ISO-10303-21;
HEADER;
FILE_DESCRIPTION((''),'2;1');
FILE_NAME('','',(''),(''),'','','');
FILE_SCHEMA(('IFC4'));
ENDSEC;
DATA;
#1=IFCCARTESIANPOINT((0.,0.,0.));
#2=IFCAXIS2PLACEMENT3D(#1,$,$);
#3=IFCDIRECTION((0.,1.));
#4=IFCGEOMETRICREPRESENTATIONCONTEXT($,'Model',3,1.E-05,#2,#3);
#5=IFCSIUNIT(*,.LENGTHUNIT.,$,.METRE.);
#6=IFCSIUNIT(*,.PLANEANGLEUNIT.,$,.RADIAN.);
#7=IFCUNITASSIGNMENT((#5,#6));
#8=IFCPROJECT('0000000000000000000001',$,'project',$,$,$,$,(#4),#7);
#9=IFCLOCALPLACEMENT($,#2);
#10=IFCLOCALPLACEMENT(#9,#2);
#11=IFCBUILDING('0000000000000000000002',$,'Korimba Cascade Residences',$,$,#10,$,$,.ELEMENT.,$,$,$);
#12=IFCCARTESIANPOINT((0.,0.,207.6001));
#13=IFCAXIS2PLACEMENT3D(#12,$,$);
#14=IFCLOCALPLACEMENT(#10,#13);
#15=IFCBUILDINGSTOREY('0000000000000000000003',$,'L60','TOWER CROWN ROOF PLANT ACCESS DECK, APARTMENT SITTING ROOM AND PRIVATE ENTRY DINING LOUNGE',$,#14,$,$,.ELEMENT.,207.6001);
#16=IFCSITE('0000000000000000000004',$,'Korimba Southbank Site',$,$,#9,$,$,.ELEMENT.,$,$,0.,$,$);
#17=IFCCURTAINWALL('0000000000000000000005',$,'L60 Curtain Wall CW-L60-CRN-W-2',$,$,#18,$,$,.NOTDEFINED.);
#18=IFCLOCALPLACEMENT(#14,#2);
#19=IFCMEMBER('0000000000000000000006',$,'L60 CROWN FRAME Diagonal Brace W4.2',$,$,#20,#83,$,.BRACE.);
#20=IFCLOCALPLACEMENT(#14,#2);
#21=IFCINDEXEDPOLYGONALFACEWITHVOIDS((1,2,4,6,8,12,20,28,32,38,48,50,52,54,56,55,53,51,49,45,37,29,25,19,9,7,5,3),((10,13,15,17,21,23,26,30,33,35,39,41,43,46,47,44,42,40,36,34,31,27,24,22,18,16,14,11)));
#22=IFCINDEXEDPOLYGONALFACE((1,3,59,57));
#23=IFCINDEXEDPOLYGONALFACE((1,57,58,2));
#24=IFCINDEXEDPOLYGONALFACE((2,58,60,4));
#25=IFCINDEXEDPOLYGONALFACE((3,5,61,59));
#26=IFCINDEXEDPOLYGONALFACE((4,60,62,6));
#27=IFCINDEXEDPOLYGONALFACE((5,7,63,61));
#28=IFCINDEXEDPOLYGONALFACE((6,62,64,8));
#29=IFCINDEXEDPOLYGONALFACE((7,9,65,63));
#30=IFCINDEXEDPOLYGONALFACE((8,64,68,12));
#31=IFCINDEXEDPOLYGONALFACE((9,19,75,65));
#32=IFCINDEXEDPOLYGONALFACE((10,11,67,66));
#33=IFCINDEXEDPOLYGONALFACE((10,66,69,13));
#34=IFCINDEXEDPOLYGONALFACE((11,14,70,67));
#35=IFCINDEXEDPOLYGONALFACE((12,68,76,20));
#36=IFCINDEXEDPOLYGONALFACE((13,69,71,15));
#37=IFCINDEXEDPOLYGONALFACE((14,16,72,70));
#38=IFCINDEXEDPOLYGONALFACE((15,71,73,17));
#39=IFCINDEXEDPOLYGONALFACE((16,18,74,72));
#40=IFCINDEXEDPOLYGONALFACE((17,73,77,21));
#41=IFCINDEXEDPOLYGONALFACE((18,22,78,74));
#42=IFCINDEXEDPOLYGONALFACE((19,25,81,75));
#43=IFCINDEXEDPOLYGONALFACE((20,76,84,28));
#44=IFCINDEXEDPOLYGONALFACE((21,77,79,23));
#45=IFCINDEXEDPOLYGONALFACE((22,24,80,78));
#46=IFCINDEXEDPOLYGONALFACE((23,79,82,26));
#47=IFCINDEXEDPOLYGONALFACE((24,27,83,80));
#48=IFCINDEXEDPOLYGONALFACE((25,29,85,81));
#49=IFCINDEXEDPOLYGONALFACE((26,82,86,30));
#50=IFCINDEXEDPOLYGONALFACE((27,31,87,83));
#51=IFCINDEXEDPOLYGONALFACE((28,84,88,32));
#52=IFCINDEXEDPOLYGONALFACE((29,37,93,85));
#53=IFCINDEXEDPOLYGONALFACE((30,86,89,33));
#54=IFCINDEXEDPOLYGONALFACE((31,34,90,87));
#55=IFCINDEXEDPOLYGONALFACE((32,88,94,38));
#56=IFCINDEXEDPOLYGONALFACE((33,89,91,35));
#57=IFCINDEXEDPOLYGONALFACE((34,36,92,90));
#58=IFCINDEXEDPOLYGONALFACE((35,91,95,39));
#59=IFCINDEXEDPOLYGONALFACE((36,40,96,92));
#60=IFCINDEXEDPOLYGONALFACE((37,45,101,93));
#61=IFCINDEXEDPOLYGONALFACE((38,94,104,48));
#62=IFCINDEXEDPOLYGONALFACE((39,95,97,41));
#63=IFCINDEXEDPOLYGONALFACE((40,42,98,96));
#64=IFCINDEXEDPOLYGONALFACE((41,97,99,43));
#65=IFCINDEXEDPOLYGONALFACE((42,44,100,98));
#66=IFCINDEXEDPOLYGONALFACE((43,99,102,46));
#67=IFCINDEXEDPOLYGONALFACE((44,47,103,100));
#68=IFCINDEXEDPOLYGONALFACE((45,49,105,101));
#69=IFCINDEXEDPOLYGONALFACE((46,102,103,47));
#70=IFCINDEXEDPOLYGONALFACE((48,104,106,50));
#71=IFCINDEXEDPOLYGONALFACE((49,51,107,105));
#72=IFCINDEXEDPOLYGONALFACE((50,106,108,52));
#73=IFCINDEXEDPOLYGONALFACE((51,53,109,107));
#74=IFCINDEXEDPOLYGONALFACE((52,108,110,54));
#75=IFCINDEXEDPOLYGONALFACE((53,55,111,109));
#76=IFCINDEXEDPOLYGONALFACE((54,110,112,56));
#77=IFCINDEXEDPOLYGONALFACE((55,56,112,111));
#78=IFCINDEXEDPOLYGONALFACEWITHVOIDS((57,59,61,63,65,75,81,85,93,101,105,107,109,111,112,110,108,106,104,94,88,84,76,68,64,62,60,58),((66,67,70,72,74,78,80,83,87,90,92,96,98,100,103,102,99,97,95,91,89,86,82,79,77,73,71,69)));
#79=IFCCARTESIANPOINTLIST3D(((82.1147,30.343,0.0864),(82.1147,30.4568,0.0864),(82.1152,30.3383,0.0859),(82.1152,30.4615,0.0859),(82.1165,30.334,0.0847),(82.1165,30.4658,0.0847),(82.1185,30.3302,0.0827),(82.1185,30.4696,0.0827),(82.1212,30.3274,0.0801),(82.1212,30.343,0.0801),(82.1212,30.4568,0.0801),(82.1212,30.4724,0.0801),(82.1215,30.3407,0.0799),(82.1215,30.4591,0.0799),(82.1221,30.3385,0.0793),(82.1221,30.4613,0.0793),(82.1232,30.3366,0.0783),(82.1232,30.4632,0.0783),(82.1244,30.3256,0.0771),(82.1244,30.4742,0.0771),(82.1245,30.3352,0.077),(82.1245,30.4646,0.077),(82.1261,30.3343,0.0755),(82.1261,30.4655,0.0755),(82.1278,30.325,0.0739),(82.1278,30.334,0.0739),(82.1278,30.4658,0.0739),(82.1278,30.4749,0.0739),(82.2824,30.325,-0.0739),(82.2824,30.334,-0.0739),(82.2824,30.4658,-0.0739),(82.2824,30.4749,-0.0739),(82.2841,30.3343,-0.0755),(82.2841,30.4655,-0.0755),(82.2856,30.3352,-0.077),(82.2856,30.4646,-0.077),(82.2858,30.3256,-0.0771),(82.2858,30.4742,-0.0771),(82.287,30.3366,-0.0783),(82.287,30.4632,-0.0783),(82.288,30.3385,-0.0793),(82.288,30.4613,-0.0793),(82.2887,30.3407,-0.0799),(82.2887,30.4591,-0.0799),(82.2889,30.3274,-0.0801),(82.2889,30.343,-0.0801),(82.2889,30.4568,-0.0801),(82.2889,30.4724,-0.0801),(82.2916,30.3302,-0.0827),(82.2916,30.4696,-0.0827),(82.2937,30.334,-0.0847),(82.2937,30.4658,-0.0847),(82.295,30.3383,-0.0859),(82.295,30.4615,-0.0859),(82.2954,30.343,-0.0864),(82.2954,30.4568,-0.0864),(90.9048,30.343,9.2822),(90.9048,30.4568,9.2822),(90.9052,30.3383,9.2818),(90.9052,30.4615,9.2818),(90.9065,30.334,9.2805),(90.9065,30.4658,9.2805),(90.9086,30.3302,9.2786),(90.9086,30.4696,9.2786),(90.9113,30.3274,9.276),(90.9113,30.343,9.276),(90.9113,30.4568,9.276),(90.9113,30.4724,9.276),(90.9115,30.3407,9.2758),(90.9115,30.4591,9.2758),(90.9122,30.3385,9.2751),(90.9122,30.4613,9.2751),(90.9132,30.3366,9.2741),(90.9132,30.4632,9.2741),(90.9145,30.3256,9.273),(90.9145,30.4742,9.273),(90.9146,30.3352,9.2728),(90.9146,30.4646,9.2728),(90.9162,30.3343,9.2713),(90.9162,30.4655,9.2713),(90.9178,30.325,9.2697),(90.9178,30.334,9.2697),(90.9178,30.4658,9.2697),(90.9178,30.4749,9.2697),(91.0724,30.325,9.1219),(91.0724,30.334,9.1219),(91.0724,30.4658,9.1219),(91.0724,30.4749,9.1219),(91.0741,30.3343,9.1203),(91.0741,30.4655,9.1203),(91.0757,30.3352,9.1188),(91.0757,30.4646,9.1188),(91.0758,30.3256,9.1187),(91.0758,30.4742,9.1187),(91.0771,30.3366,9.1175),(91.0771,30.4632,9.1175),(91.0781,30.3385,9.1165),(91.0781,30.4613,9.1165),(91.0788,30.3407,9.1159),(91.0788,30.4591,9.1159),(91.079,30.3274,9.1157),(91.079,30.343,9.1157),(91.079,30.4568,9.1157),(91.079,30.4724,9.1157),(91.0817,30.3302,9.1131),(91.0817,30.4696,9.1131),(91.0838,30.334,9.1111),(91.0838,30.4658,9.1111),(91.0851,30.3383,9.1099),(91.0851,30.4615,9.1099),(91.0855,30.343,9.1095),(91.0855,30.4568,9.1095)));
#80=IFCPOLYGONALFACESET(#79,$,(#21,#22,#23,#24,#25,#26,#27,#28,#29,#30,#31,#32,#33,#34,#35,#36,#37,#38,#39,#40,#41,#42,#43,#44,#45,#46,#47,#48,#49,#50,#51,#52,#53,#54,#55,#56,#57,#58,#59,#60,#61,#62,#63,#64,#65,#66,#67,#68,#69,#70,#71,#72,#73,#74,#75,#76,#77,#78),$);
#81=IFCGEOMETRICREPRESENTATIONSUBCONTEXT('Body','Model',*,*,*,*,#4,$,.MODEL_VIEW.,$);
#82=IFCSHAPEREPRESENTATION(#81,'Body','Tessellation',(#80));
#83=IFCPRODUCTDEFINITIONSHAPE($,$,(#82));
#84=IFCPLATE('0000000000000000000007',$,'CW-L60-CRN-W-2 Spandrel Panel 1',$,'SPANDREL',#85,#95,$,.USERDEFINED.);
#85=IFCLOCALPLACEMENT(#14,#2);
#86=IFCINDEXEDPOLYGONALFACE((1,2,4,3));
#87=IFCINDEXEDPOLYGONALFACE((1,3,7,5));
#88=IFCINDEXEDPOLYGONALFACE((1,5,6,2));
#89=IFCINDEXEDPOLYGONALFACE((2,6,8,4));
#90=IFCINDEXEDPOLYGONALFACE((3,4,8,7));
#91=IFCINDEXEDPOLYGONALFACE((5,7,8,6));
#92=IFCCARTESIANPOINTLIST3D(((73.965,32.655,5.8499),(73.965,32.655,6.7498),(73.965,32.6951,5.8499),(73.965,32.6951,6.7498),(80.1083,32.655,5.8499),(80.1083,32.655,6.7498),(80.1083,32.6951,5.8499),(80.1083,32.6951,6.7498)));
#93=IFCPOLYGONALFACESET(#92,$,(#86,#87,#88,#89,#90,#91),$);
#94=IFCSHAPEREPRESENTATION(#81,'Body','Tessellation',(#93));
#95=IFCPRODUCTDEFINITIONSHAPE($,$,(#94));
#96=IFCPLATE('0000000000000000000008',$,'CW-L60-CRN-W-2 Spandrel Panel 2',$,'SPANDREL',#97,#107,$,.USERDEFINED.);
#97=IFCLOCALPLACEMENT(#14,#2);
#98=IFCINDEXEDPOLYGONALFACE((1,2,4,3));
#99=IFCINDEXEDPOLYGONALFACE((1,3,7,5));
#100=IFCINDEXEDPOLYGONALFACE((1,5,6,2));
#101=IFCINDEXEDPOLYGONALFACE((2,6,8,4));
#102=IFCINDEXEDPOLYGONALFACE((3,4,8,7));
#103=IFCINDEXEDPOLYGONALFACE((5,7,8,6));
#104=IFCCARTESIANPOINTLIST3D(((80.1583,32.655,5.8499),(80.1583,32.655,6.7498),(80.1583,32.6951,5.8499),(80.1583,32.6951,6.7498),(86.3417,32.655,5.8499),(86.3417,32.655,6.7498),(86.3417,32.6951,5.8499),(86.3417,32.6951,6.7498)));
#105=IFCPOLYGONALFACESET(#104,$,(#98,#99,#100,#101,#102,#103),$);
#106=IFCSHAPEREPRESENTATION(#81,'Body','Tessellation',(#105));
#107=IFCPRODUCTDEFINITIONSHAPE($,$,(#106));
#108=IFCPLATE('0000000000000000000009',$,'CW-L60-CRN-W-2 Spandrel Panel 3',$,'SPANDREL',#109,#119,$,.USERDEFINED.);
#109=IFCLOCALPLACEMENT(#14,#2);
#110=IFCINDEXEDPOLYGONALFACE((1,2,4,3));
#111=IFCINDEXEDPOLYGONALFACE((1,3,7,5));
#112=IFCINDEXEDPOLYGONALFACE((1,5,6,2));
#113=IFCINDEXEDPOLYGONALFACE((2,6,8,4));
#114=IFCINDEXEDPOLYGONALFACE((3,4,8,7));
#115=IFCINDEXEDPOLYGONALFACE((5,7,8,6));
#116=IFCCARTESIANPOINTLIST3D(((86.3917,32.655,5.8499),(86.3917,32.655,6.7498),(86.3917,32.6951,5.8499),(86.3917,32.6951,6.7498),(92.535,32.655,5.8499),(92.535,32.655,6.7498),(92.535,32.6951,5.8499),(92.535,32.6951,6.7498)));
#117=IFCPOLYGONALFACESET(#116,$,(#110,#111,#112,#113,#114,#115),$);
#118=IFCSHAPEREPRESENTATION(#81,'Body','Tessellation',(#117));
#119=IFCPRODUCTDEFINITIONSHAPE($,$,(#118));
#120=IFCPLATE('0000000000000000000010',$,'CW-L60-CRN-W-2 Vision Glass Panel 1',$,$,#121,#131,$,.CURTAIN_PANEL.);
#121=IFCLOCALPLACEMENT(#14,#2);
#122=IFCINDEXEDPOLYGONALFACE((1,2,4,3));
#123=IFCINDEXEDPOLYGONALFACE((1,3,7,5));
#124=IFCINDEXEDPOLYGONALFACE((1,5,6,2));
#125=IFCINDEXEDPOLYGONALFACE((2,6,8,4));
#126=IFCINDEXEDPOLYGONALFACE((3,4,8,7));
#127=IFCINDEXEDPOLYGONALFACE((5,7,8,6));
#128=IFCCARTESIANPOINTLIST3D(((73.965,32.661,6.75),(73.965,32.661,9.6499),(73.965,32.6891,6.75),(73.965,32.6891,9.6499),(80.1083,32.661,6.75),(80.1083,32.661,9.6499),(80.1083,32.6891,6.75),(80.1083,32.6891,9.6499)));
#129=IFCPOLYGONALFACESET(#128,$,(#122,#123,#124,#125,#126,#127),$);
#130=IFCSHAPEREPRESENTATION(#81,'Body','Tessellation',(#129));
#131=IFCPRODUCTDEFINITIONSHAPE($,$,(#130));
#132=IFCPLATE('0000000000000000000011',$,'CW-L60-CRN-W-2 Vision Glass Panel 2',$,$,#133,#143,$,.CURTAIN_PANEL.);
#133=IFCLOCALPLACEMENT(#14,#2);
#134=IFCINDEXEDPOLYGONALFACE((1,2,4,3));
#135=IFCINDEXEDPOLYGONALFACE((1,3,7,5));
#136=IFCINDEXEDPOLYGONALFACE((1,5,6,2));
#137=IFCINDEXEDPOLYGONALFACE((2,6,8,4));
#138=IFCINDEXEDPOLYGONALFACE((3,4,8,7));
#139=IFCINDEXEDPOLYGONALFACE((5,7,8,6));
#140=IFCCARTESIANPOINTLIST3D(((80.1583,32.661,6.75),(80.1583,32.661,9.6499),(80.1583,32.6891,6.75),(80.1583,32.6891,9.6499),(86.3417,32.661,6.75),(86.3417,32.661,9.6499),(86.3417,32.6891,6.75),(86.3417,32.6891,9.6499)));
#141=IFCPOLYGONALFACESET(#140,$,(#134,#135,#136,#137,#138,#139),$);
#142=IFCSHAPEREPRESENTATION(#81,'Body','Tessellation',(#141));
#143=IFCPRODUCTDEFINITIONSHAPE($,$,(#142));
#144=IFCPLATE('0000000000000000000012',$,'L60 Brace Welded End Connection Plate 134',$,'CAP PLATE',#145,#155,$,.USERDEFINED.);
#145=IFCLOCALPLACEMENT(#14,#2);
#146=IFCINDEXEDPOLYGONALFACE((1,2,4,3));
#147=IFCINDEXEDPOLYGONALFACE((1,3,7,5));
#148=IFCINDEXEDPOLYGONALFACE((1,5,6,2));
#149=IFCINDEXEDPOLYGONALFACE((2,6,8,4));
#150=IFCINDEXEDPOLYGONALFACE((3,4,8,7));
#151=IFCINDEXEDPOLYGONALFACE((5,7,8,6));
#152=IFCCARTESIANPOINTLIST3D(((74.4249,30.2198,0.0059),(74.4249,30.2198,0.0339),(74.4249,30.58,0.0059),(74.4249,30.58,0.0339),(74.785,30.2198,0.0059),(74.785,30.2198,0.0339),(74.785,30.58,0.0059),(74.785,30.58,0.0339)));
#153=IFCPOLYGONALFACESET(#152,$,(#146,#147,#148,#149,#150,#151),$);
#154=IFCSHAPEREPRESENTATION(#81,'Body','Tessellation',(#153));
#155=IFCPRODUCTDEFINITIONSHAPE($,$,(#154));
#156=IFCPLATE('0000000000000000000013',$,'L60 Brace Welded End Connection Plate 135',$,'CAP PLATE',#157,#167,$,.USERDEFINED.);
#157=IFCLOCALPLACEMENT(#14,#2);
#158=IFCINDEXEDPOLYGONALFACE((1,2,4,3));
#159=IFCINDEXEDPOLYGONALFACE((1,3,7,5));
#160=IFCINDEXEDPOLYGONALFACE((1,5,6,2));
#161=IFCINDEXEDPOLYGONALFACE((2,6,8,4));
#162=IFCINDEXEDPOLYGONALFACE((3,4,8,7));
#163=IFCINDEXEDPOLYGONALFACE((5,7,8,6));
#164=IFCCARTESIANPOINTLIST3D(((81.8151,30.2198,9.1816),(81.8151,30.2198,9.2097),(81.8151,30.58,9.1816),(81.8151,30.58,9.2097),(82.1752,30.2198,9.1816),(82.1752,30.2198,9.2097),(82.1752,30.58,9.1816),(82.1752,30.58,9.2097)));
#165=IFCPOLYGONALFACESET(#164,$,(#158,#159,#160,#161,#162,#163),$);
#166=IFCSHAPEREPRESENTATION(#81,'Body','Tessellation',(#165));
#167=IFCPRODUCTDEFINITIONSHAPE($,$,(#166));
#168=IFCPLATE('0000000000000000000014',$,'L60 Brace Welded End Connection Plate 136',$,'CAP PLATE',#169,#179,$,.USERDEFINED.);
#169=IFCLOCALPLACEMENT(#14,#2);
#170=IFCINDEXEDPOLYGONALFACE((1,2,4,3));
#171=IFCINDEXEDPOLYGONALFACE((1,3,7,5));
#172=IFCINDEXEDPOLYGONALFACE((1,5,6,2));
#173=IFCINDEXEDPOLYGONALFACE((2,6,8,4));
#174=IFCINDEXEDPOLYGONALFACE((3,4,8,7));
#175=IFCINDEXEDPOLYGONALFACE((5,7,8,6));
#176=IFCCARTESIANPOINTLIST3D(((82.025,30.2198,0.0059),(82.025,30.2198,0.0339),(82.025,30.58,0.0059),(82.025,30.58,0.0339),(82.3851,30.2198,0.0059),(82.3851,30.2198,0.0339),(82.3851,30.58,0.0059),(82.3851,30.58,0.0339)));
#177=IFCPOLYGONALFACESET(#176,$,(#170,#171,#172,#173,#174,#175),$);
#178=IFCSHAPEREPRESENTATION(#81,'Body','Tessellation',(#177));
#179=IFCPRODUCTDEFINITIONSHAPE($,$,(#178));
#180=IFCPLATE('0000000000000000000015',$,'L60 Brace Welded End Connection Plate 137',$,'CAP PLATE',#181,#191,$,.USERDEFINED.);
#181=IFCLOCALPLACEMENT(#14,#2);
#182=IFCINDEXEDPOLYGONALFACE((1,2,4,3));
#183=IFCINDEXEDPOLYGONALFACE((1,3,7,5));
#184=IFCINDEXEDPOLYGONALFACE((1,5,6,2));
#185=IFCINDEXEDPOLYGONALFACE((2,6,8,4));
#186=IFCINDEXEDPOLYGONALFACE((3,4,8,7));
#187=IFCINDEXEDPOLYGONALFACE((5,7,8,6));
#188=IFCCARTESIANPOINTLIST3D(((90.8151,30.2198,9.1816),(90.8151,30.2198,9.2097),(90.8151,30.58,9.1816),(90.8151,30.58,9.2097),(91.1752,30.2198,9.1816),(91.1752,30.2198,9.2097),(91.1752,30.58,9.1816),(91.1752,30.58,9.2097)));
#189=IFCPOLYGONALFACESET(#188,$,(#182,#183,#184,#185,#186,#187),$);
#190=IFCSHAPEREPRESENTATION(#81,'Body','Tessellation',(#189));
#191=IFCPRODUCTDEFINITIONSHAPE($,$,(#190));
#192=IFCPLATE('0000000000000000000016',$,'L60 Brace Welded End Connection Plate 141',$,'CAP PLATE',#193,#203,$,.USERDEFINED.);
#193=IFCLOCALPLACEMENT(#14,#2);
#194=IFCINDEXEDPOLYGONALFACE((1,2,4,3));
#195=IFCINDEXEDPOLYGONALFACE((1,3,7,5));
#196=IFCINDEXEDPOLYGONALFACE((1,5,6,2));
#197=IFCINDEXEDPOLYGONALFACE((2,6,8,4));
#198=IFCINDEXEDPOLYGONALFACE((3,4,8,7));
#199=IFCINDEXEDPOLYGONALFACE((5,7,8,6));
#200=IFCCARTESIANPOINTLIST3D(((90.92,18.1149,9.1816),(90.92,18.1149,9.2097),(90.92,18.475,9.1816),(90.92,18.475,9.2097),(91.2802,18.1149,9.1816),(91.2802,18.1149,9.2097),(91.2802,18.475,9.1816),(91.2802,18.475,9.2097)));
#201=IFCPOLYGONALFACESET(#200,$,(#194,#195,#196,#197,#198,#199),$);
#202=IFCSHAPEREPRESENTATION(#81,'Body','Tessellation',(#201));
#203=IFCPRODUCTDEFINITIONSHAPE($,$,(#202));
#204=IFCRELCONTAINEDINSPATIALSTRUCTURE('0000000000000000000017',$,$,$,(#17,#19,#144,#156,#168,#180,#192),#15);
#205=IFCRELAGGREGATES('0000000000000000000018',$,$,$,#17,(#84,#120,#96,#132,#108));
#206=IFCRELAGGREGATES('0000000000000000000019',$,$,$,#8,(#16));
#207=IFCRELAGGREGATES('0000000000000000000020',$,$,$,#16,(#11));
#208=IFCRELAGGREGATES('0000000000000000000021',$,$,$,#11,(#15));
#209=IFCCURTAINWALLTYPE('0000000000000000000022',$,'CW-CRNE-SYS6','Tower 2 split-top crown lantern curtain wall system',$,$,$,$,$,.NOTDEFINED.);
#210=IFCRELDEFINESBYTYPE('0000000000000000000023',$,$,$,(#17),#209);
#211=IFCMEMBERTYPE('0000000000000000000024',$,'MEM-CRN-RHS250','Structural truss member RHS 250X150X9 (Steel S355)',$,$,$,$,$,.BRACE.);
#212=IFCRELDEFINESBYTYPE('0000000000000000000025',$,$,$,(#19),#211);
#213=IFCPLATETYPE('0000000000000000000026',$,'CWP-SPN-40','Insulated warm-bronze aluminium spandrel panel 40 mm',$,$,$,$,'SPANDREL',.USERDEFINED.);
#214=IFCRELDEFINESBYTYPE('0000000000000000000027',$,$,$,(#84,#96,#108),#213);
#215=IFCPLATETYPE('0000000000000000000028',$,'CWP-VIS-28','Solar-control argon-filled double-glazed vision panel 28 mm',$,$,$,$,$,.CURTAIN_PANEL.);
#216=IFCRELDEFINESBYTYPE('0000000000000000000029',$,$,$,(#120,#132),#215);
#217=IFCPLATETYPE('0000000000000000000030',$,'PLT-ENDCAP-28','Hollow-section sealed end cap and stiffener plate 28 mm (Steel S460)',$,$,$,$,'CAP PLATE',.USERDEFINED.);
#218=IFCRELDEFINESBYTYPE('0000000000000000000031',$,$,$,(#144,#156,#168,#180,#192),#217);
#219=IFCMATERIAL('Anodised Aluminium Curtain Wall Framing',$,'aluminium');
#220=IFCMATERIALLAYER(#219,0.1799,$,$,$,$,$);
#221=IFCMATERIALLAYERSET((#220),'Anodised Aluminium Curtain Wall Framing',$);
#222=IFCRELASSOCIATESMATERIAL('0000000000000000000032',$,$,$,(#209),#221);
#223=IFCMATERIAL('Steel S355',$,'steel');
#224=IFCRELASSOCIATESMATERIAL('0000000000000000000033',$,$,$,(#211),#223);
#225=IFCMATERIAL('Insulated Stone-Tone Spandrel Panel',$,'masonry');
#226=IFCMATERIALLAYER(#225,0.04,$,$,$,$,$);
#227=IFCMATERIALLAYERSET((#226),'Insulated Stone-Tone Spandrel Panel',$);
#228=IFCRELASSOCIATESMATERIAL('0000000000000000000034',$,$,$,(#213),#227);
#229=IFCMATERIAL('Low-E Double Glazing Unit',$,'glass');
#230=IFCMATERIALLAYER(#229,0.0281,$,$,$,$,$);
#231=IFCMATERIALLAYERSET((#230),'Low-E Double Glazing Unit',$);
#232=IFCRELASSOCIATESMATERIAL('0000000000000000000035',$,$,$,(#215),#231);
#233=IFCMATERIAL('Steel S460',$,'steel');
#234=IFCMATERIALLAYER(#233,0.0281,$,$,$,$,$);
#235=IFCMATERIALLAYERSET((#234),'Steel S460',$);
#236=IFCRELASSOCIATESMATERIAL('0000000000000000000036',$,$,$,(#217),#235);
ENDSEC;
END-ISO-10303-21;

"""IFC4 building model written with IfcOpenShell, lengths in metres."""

from ifc_helpers import new_model, si_unit, direction, frame, origin, origin_2d, place, context, subcontext, project, spatial, rectangle, hollow_rectangle, extrude, material, layer, layer_set, material_profile, profile_set, type_object, element, aggregate, save


model = new_model("IFC4")

# Units and contexts
model_context = context("Model", 3, precision=1e-05, world=origin(), true_north=direction((0.0, 1.0)))
body_context = subcontext(model_context, "Body", "Model", "MODEL_VIEW")
ifc_project = project(units=[si_unit("LENGTHUNIT", "METRE"), si_unit("PLANEANGLEUNIT", "RADIAN")], contexts=[model_context])

# Site, building, storey
site_placement = place(None, origin())
site = spatial("IfcSite", under=ifc_project, at=site_placement, Name="Korimba Southbank Site", CompositionType="ELEMENT", RefElevation=0.0)
building_placement = place(site_placement, origin())
building = spatial("IfcBuilding", under=site, at=building_placement, Name="Korimba Cascade Residences", CompositionType="ELEMENT")
storey_placement = place(building_placement, frame((0.0, 0.0, 207.6001)))
storey = spatial("IfcBuildingStorey", under=building, at=storey_placement, Name="L60", Description="TOWER CROWN ROOF PLANT ACCESS DECK, APARTMENT SITTING ROOM AND PRIVATE ENTRY DINING LOUNGE", CompositionType="ELEMENT", Elevation=207.6001)

# Shared definitions
ifc_material_1 = material(Name="Steel S355", Category="steel")

# Curtain wall
ifc_material_2 = material(Name="Anodised Aluminium Curtain Wall Framing", Category="aluminium")
ifc_layer_1 = layer(ifc_material_2, 0.1799)
ifc_layer_set_1 = layer_set([ifc_layer_1], Name="Anodised Aluminium Curtain Wall Framing")
curtain_wall_type = type_object("IfcCurtainWallType", Name="CW-CRNE-SYS6", Description="Tower 2 split-top crown lantern curtain wall system", PredefinedType="NOTDEFINED", material=ifc_layer_set_1)
curtain_wall_placement = place(storey_placement, origin())
curtain_wall = element("IfcCurtainWall", 1, at=curtain_wall_placement, inside=storey, type_object=curtain_wall_type, Name="L60 Curtain Wall CW-L60-CRN-W-2", PredefinedType="NOTDEFINED")

# Member
ifc_material_profile_1 = material_profile(ifc_material_1, hollow_rectangle(XDim=0.1499, YDim=0.25, WallThickness=0.009, InnerFilletRadius=0.009, OuterFilletRadius=0.0181, at=origin_2d()), Name="Steel S355")
ifc_profile_set_1 = profile_set([ifc_material_profile_1], Name="Steel S355")
member_type_1 = type_object("IfcMemberType", Name="MEM-CRN-RHS250", Description="Structural truss member RHS 250X150X9 (Steel S355)", PredefinedType="BRACE", material=ifc_profile_set_1)
member_1_placement = place(storey_placement, frame((82.2051, 30.3999, 0.0), z_axis=(0.690979, 0.0, 0.722875), x_axis=(0.0, 1.0, 0.0)))
element("IfcMember", 2, at=member_1_placement, inside=storey, type_object=member_type_1, Name="L60 CROWN FRAME Diagonal Brace W4.2", PredefinedType="BRACE", context=body_context, shape_type="SweptSolid", body=[
    extrude(hollow_rectangle(XDim=0.1499, YDim=0.25, WallThickness=0.009, InnerFilletRadius=0.009, OuterFilletRadius=0.0181, at=origin_2d()), origin(), (0.0, 0.0, 1.0), 12.7212),
])

# Plates
ifc_material_3 = material(Name="Insulated Stone-Tone Spandrel Panel", Category="masonry")
ifc_layer_2 = layer(ifc_material_3, 0.04)
ifc_layer_set_2 = layer_set([ifc_layer_2], Name="Insulated Stone-Tone Spandrel Panel")
plate_type_1 = type_object("IfcPlateType", Name="CWP-SPN-40", Description="Insulated warm-bronze aluminium spandrel panel 40 mm", ElementType="SPANDREL", PredefinedType="USERDEFINED", material=ifc_layer_set_2)
plate_1_placement = place(storey_placement, frame((77.0366, 32.675, 5.8499), z_axis=(0.0, 0.0, 1.0), x_axis=(1.0, 0.0, 0.0)))
plate_1 = element("IfcPlate", 3, at=plate_1_placement, type_object=plate_type_1, Name="CW-L60-CRN-W-2 Spandrel Panel 1", ObjectType="SPANDREL", PredefinedType="USERDEFINED", context=body_context, shape_type="SweptSolid", body=[
    extrude(rectangle(XDim=6.1433, YDim=0.04, at=origin_2d()), origin(), (0.0, 0.0, 1.0), 0.8999),
])
plate_2_placement = place(storey_placement, frame((83.25, 32.675, 5.8499), z_axis=(0.0, 0.0, 1.0), x_axis=(1.0, 0.0, 0.0)))
plate_2 = element("IfcPlate", 4, at=plate_2_placement, type_object=plate_type_1, Name="CW-L60-CRN-W-2 Spandrel Panel 2", ObjectType="SPANDREL", PredefinedType="USERDEFINED", context=body_context, shape_type="SweptSolid", body=[
    extrude(rectangle(XDim=6.1833, YDim=0.04, at=origin_2d()), origin(), (0.0, 0.0, 1.0), 0.8999),
])
plate_3_placement = place(storey_placement, frame((89.4634, 32.675, 5.8499), z_axis=(0.0, 0.0, 1.0), x_axis=(1.0, 0.0, 0.0)))
plate_3 = element("IfcPlate", 5, at=plate_3_placement, type_object=plate_type_1, Name="CW-L60-CRN-W-2 Spandrel Panel 3", ObjectType="SPANDREL", PredefinedType="USERDEFINED", context=body_context, shape_type="SweptSolid", body=[
    extrude(rectangle(XDim=6.1433, YDim=0.04, at=origin_2d()), origin(), (0.0, 0.0, 1.0), 0.8999),
])
ifc_material_4 = material(Name="Low-E Double Glazing Unit", Category="glass")
ifc_layer_3 = layer(ifc_material_4, 0.0281)
ifc_layer_set_3 = layer_set([ifc_layer_3], Name="Low-E Double Glazing Unit")
plate_type_2 = type_object("IfcPlateType", Name="CWP-VIS-28", Description="Solar-control argon-filled double-glazed vision panel 28 mm", PredefinedType="CURTAIN_PANEL", material=ifc_layer_set_3)
plate_4_placement = place(storey_placement, frame((77.0366, 32.675, 6.75), z_axis=(0.0, 0.0, 1.0), x_axis=(1.0, 0.0, 0.0)))
plate_4 = element("IfcPlate", 6, at=plate_4_placement, type_object=plate_type_2, Name="CW-L60-CRN-W-2 Vision Glass Panel 1", PredefinedType="CURTAIN_PANEL", context=body_context, shape_type="SweptSolid", body=[
    extrude(rectangle(XDim=6.1433, YDim=0.0281, at=origin_2d()), origin(), (0.0, 0.0, 1.0), 2.8999),
])
plate_5_placement = place(storey_placement, frame((83.25, 32.675, 6.75), z_axis=(0.0, 0.0, 1.0), x_axis=(1.0, 0.0, 0.0)))
plate_5 = element("IfcPlate", 7, at=plate_5_placement, type_object=plate_type_2, Name="CW-L60-CRN-W-2 Vision Glass Panel 2", PredefinedType="CURTAIN_PANEL", context=body_context, shape_type="SweptSolid", body=[
    extrude(rectangle(XDim=6.1833, YDim=0.0281, at=origin_2d()), origin(), (0.0, 0.0, 1.0), 2.8999),
])
aggregate(curtain_wall, [plate_1, plate_4, plate_2, plate_5, plate_3])

# Plates
ifc_material_5 = material(Name="Steel S460", Category="steel")
ifc_layer_4 = layer(ifc_material_5, 0.0281)
ifc_layer_set_4 = layer_set([ifc_layer_4], Name="Steel S460")
plate_type_3 = type_object("IfcPlateType", Name="PLT-ENDCAP-28", Description="Hollow-section sealed end cap and stiffener plate 28 mm (Steel S460)", ElementType="CAP PLATE", PredefinedType="USERDEFINED", material=ifc_layer_set_4)
for number, where, z_axis, x_axis, name in (
    (8, (74.605, 30.3999, 0.0059), (0.0, 0.0, 1.0), (1.0, 0.0, 0.0), "L60 Brace Welded End Connection Plate 134"),
    (9, (81.9951, 30.3999, 9.1816), (0.0, 0.0, 1.0), (1.0, 0.0, 0.0), "L60 Brace Welded End Connection Plate 135"),
    (10, (82.2051, 30.3999, 0.0059), (0.0, 0.0, 1.0), (1.0, 0.0, 0.0), "L60 Brace Welded End Connection Plate 136"),
    (11, (90.9951, 30.3999, 9.1816), (0.0, 0.0, 1.0), (1.0, 0.0, 0.0), "L60 Brace Welded End Connection Plate 137"),
    (12, (91.1001, 18.2949, 9.1816), (0.0, 0.0, 1.0), (1.0, 0.0, 0.0), "L60 Brace Welded End Connection Plate 141"),
):
    element("IfcPlate", number, at=place(storey_placement, frame(where, z_axis=z_axis, x_axis=x_axis)), inside=storey, type_object=plate_type_3, Name=name, ObjectType="CAP PLATE", PredefinedType="USERDEFINED", context=body_context, shape_type="SweptSolid", body=[
        extrude(rectangle(XDim=0.3601, YDim=0.3601, at=origin_2d()), origin(), (0.0, 0.0, 1.0), 0.0281),
    ])

save(model, "model.ifc")
